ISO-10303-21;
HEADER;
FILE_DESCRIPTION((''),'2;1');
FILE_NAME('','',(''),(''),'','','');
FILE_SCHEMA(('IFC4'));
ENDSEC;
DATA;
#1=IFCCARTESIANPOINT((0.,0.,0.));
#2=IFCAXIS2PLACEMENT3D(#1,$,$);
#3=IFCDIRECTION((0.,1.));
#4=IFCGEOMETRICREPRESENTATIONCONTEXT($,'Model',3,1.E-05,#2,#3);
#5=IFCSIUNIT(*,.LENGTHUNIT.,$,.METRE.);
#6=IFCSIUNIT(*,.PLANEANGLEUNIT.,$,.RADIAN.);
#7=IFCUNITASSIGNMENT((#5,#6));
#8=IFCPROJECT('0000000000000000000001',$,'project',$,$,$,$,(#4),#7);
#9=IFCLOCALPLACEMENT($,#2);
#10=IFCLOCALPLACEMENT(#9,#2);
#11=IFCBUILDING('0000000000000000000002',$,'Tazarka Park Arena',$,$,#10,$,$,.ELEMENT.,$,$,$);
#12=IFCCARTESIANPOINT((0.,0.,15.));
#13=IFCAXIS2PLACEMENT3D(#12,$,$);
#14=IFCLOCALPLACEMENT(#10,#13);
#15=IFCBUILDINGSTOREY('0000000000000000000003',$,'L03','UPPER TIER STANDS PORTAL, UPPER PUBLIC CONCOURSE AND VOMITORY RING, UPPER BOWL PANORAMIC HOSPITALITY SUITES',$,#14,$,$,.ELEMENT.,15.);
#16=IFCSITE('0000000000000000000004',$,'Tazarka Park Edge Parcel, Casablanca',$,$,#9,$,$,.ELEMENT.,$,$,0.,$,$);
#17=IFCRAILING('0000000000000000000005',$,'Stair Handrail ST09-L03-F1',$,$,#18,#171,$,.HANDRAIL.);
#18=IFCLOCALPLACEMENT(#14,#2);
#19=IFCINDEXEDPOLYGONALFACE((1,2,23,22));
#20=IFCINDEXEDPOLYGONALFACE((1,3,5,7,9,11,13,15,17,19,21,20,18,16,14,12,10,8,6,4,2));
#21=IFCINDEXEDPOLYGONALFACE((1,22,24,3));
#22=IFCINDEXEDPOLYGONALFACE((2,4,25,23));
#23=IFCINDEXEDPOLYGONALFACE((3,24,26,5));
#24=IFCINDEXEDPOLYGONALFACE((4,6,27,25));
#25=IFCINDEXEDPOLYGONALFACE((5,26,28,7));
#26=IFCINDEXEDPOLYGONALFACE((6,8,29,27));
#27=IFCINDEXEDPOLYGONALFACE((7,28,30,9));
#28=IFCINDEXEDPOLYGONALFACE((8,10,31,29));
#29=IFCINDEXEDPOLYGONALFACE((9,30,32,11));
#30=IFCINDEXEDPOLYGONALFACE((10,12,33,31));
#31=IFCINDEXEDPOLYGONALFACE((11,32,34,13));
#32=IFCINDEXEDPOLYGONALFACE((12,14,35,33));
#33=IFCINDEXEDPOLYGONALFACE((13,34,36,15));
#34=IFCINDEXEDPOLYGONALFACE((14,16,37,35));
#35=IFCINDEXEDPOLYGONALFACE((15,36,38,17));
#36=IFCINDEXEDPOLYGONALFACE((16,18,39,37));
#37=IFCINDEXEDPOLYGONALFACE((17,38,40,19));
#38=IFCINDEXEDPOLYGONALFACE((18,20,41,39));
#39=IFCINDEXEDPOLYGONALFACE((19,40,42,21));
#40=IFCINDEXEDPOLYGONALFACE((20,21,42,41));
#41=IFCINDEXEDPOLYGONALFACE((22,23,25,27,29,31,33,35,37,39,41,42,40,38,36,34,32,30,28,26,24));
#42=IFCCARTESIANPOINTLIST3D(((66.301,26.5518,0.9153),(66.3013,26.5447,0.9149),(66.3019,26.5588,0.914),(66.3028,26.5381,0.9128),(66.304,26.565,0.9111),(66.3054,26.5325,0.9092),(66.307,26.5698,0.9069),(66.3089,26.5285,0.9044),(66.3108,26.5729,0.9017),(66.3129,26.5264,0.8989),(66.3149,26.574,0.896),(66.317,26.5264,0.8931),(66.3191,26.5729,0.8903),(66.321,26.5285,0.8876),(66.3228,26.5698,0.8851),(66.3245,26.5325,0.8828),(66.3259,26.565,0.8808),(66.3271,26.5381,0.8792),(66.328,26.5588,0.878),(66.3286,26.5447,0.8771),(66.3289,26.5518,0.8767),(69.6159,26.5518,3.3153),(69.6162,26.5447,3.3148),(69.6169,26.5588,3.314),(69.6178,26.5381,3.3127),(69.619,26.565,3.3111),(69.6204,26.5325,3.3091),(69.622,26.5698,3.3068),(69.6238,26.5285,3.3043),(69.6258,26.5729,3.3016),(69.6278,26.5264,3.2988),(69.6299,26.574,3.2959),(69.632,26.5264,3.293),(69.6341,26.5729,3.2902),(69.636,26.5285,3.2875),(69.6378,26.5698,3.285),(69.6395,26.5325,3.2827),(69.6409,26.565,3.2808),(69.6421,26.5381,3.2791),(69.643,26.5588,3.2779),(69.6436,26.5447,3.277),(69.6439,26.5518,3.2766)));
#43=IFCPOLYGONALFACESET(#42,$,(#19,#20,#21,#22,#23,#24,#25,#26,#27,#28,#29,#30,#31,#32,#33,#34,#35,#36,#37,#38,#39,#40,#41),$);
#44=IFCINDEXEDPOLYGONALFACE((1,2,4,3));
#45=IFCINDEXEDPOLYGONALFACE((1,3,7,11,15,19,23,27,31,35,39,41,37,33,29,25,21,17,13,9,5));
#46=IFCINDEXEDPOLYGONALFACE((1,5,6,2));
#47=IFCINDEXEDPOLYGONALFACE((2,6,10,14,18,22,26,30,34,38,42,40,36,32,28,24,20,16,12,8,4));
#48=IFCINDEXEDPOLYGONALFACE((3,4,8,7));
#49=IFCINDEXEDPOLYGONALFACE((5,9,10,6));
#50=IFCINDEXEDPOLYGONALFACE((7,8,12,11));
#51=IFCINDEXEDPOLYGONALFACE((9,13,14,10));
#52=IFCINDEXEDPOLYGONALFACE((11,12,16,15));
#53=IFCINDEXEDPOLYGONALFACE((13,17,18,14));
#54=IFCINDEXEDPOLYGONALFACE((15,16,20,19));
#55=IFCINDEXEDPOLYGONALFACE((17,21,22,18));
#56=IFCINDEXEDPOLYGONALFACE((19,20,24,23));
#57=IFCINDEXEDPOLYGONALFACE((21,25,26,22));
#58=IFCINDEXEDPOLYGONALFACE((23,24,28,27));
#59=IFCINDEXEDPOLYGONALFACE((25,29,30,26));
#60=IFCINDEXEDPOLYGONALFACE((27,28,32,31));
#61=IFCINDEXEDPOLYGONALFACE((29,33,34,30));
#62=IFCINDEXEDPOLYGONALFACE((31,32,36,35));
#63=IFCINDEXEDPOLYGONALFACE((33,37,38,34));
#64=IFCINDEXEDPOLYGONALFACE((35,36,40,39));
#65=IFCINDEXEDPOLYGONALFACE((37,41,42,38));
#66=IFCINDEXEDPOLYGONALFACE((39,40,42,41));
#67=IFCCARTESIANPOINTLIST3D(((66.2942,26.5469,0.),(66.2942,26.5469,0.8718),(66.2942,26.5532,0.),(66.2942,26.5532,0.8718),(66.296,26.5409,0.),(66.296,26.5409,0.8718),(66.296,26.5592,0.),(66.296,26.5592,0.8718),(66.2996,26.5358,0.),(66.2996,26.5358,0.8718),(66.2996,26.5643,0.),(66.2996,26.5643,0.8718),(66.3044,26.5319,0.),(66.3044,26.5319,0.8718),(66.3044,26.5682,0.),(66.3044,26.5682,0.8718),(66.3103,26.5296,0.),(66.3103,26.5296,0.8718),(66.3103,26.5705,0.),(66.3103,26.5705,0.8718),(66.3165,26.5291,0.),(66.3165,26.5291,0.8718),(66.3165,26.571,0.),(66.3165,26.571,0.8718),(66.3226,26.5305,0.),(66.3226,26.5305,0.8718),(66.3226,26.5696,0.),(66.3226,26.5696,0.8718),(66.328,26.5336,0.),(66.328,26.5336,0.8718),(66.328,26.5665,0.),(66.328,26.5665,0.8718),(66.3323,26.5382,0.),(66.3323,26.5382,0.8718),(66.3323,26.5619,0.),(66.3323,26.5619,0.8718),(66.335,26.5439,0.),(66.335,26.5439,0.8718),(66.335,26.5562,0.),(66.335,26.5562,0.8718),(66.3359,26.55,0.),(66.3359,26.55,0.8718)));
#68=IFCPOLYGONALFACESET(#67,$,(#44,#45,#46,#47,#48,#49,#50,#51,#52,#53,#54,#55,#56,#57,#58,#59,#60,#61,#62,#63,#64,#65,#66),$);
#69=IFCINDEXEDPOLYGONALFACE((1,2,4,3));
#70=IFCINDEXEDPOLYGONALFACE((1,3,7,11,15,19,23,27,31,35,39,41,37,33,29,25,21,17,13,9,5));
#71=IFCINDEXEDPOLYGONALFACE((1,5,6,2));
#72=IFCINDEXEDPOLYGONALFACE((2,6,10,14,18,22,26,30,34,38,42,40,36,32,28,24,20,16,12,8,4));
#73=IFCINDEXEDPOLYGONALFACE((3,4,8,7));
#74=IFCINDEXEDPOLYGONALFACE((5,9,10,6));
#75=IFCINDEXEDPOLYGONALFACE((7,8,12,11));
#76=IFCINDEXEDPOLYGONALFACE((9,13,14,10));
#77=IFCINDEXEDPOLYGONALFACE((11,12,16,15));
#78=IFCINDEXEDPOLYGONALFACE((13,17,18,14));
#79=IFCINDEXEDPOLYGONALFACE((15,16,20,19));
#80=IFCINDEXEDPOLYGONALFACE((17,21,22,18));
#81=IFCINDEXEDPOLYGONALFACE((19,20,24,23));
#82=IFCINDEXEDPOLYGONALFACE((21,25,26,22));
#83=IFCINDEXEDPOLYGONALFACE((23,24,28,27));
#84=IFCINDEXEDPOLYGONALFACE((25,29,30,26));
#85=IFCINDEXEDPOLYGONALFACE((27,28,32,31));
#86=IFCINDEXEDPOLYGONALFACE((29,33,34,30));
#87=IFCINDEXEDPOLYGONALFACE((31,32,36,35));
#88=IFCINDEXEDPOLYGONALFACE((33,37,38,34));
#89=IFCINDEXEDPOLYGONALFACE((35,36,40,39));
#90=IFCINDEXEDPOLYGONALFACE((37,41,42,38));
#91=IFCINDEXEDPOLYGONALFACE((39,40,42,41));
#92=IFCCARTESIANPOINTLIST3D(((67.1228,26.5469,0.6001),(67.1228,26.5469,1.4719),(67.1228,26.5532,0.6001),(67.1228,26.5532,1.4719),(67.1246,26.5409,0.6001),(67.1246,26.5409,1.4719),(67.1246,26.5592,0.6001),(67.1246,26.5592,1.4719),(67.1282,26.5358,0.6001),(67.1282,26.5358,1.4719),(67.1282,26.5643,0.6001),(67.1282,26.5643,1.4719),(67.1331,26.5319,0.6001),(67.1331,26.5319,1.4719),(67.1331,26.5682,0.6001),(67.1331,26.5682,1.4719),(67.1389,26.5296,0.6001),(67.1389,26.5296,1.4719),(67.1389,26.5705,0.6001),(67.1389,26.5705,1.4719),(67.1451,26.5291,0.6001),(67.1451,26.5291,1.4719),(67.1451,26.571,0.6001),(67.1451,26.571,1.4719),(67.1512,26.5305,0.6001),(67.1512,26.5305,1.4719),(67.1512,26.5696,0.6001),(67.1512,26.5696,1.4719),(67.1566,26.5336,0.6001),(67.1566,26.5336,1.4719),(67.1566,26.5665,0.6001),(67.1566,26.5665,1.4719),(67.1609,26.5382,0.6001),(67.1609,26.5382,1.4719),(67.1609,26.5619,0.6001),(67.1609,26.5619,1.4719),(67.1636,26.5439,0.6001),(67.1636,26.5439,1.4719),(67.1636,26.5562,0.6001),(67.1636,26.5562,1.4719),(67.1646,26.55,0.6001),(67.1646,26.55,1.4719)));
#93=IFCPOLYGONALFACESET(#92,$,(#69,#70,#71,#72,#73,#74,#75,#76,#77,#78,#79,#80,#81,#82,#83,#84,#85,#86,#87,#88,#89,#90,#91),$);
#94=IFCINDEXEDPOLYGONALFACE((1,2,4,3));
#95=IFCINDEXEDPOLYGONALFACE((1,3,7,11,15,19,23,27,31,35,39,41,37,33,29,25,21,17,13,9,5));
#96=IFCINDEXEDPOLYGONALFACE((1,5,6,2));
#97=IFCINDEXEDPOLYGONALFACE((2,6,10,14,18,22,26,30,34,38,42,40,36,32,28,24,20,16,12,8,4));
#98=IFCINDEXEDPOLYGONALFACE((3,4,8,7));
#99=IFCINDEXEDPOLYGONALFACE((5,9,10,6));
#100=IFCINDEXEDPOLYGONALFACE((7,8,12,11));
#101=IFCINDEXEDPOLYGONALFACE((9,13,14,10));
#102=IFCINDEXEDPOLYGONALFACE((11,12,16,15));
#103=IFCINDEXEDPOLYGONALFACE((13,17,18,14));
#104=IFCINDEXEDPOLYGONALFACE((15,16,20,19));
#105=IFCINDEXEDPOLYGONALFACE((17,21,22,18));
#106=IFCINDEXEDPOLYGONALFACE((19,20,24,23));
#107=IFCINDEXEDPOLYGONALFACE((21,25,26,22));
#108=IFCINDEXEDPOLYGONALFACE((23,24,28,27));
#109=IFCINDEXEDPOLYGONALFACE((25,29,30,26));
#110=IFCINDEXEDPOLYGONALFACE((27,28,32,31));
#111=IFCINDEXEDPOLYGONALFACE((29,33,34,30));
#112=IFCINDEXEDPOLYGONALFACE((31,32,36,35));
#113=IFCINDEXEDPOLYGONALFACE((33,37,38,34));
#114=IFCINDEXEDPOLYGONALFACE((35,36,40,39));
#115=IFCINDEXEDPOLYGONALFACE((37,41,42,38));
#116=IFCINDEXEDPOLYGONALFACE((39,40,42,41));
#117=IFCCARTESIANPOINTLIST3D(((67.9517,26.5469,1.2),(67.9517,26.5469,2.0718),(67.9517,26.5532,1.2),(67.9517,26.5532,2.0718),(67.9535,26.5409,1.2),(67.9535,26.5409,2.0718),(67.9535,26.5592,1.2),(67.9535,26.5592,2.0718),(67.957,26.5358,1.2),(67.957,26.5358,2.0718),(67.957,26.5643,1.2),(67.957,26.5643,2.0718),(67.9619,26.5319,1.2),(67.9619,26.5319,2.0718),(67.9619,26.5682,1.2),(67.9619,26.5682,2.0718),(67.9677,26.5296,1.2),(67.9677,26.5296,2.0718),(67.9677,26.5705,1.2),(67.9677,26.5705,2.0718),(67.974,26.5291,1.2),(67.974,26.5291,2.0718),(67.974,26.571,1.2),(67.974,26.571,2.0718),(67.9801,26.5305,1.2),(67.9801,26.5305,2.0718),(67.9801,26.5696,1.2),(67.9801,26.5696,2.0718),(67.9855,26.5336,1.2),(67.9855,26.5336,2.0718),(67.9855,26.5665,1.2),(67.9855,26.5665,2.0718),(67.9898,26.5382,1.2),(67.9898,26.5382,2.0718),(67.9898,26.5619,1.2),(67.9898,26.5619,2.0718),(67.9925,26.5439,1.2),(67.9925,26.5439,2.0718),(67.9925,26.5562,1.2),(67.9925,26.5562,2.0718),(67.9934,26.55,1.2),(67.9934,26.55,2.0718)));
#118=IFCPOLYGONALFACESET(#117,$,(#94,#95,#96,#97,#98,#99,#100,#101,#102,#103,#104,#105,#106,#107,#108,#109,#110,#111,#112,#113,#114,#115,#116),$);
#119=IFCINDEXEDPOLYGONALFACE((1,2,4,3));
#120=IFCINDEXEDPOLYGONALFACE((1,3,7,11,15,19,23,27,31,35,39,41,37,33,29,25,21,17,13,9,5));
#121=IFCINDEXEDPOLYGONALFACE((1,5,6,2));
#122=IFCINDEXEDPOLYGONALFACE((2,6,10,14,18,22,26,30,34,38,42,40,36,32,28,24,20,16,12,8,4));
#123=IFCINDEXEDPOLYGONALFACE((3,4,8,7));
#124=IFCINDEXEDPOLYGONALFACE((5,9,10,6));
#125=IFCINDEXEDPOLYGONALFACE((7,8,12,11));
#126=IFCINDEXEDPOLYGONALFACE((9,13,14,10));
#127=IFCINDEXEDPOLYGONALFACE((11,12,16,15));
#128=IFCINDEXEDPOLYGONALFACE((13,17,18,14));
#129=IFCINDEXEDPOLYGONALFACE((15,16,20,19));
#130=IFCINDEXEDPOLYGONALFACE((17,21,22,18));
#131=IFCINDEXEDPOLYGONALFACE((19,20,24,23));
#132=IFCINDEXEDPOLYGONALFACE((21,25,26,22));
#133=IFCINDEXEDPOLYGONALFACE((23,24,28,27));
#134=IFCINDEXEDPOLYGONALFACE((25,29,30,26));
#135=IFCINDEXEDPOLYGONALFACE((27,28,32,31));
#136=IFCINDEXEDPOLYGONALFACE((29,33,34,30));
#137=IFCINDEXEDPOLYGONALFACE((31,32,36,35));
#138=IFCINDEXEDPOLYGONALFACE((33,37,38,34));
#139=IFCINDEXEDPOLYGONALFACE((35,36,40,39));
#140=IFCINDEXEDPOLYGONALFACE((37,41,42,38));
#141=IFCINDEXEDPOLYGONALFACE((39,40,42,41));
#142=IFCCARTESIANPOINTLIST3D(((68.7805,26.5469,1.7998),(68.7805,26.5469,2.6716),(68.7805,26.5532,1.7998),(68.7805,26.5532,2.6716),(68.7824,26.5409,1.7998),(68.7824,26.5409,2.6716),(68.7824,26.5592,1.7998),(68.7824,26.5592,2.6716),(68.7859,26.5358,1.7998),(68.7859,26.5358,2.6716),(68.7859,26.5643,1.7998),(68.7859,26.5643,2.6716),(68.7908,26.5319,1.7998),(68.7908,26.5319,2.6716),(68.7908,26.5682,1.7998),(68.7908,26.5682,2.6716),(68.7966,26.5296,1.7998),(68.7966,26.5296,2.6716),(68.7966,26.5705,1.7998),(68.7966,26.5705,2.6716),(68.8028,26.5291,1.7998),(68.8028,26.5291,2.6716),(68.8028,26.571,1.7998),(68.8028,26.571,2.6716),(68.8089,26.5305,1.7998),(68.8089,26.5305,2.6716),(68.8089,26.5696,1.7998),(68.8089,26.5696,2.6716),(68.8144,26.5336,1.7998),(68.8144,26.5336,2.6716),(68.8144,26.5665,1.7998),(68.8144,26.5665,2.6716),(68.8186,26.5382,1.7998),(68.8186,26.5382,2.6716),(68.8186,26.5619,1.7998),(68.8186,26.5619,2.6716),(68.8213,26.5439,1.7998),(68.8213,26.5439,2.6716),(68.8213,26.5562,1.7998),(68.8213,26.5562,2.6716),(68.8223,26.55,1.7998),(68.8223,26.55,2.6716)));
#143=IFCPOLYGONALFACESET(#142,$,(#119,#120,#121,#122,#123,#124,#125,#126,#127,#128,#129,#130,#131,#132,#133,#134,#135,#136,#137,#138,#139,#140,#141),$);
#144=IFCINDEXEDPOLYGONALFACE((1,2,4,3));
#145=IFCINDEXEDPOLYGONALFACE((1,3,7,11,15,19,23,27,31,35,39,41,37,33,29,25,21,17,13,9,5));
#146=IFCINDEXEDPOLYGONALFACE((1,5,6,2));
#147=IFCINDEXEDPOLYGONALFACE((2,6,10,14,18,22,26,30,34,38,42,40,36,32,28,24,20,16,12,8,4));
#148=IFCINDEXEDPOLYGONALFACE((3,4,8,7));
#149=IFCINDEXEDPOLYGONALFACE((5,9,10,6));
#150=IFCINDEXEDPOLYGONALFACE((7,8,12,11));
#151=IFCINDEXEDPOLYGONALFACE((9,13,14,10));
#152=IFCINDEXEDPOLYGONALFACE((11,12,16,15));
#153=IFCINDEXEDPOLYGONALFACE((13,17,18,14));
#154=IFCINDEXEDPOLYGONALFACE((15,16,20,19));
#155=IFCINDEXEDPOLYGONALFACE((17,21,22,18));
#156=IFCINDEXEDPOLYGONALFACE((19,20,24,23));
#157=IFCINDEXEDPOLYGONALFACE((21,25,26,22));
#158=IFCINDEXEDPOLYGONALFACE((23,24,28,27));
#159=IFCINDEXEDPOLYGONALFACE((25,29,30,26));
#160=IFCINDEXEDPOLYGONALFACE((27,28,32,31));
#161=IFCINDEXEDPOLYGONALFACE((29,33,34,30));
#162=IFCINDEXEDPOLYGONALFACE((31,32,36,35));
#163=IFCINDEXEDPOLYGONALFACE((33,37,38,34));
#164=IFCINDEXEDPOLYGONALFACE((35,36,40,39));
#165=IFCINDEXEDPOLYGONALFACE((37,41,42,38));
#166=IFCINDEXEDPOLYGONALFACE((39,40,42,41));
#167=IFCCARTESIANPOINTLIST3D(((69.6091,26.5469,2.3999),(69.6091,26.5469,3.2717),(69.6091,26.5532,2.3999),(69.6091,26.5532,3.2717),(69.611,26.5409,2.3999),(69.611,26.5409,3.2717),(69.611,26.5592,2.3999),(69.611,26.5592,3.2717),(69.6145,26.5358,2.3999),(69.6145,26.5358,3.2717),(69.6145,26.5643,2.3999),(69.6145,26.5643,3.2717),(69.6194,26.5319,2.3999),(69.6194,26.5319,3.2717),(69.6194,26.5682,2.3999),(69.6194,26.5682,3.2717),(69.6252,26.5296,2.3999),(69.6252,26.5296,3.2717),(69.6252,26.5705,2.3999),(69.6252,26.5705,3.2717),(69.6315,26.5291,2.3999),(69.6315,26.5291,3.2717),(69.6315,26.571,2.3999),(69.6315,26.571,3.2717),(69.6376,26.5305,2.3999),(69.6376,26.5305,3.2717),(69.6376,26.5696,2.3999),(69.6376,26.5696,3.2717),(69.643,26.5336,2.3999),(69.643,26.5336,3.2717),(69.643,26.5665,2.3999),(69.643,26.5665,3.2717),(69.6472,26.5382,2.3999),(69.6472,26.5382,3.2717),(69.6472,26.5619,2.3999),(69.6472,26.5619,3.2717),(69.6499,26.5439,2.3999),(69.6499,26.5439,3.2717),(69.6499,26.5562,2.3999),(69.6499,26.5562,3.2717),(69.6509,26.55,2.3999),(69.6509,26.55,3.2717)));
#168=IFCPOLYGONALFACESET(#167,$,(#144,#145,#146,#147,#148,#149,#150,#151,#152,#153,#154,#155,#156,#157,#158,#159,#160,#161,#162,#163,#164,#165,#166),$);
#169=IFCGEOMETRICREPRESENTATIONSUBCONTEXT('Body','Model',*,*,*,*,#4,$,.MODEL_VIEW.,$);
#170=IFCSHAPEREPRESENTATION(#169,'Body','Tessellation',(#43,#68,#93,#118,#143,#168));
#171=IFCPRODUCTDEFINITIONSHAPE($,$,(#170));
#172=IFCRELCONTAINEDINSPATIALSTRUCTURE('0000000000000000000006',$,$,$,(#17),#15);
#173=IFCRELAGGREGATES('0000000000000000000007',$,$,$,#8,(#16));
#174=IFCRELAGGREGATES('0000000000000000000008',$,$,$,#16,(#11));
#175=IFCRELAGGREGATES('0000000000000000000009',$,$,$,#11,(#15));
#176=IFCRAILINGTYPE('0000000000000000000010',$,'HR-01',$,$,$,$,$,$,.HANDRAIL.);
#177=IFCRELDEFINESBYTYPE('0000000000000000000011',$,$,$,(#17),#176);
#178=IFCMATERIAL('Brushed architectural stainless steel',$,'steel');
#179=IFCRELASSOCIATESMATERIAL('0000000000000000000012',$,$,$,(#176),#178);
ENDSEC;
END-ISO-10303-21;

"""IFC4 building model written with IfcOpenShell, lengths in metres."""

from ifc_helpers import new_model, si_unit, direction, frame, origin, origin_2d, place, context, subcontext, project, spatial, circle, extrude, material, type_object, element, save


model = new_model("IFC4")

# Units and contexts
model_context = context("Model", 3, precision=1e-05, world=origin(), true_north=direction((0.0, 1.0)))
body_context = subcontext(model_context, "Body", "Model", "MODEL_VIEW")
ifc_project = project(units=[si_unit("LENGTHUNIT", "METRE"), si_unit("PLANEANGLEUNIT", "RADIAN")], contexts=[model_context])

# Site, building, storey
site_placement = place(None, origin())
site = spatial("IfcSite", under=ifc_project, at=site_placement, Name="Tazarka Park Edge Parcel, Casablanca", CompositionType="ELEMENT", RefElevation=0.0)
building_placement = place(site_placement, origin())
building = spatial("IfcBuilding", under=site, at=building_placement, Name="Tazarka Park Arena", CompositionType="ELEMENT")
storey_placement = place(building_placement, frame((0.0, 0.0, 15.0)))
storey = spatial("IfcBuildingStorey", under=building, at=storey_placement, Name="L03", Description="UPPER TIER STANDS PORTAL, UPPER PUBLIC CONCOURSE AND VOMITORY RING, UPPER BOWL PANORAMIC HOSPITALITY SUITES", CompositionType="ELEMENT", Elevation=15.0)

# Railing
ifc_material_1 = material(Name="Brushed architectural stainless steel", Category="steel")
railing_type_1 = type_object("IfcRailingType", Name="HR-01", PredefinedType="HANDRAIL", material=ifc_material_1)
railing_1_placement = place(storey_placement, frame((66.3149, 26.55, 0.0)))
element("IfcRailing", 1, at=railing_1_placement, inside=storey, type_object=railing_type_1, Name="Stair Handrail ST09-L03-F1", PredefinedType="HANDRAIL", context=body_context, shape_type="SweptSolid", body=[
    extrude(circle(Radius=0.0239, at=origin_2d()), frame((0.0, 0.0, 0.896), z_axis=(0.810009, 0.0, 0.586418), x_axis=(0.0, 1.0, 0.0)), (0.0, 0.0, 1.0), 4.0925),
    extrude(circle(Radius=0.021, at=origin_2d()), origin(), (0.0, 0.0, 1.0), 0.8718),
    extrude(circle(Radius=0.021, at=origin_2d()), frame((0.8286, 0.0, 0.6001)), (0.0, 0.0, 1.0), 0.8718),
    extrude(circle(Radius=0.021, at=origin_2d()), frame((1.6575, 0.0, 1.2)), (0.0, 0.0, 1.0), 0.8718),
    extrude(circle(Radius=0.021, at=origin_2d()), frame((2.4863, 0.0, 1.7998)), (0.0, 0.0, 1.0), 0.8718),
    extrude(circle(Radius=0.021, at=origin_2d()), frame((3.3149, 0.0, 2.3999)), (0.0, 0.0, 1.0), 0.8718),
])

save(model, "model.ifc")
